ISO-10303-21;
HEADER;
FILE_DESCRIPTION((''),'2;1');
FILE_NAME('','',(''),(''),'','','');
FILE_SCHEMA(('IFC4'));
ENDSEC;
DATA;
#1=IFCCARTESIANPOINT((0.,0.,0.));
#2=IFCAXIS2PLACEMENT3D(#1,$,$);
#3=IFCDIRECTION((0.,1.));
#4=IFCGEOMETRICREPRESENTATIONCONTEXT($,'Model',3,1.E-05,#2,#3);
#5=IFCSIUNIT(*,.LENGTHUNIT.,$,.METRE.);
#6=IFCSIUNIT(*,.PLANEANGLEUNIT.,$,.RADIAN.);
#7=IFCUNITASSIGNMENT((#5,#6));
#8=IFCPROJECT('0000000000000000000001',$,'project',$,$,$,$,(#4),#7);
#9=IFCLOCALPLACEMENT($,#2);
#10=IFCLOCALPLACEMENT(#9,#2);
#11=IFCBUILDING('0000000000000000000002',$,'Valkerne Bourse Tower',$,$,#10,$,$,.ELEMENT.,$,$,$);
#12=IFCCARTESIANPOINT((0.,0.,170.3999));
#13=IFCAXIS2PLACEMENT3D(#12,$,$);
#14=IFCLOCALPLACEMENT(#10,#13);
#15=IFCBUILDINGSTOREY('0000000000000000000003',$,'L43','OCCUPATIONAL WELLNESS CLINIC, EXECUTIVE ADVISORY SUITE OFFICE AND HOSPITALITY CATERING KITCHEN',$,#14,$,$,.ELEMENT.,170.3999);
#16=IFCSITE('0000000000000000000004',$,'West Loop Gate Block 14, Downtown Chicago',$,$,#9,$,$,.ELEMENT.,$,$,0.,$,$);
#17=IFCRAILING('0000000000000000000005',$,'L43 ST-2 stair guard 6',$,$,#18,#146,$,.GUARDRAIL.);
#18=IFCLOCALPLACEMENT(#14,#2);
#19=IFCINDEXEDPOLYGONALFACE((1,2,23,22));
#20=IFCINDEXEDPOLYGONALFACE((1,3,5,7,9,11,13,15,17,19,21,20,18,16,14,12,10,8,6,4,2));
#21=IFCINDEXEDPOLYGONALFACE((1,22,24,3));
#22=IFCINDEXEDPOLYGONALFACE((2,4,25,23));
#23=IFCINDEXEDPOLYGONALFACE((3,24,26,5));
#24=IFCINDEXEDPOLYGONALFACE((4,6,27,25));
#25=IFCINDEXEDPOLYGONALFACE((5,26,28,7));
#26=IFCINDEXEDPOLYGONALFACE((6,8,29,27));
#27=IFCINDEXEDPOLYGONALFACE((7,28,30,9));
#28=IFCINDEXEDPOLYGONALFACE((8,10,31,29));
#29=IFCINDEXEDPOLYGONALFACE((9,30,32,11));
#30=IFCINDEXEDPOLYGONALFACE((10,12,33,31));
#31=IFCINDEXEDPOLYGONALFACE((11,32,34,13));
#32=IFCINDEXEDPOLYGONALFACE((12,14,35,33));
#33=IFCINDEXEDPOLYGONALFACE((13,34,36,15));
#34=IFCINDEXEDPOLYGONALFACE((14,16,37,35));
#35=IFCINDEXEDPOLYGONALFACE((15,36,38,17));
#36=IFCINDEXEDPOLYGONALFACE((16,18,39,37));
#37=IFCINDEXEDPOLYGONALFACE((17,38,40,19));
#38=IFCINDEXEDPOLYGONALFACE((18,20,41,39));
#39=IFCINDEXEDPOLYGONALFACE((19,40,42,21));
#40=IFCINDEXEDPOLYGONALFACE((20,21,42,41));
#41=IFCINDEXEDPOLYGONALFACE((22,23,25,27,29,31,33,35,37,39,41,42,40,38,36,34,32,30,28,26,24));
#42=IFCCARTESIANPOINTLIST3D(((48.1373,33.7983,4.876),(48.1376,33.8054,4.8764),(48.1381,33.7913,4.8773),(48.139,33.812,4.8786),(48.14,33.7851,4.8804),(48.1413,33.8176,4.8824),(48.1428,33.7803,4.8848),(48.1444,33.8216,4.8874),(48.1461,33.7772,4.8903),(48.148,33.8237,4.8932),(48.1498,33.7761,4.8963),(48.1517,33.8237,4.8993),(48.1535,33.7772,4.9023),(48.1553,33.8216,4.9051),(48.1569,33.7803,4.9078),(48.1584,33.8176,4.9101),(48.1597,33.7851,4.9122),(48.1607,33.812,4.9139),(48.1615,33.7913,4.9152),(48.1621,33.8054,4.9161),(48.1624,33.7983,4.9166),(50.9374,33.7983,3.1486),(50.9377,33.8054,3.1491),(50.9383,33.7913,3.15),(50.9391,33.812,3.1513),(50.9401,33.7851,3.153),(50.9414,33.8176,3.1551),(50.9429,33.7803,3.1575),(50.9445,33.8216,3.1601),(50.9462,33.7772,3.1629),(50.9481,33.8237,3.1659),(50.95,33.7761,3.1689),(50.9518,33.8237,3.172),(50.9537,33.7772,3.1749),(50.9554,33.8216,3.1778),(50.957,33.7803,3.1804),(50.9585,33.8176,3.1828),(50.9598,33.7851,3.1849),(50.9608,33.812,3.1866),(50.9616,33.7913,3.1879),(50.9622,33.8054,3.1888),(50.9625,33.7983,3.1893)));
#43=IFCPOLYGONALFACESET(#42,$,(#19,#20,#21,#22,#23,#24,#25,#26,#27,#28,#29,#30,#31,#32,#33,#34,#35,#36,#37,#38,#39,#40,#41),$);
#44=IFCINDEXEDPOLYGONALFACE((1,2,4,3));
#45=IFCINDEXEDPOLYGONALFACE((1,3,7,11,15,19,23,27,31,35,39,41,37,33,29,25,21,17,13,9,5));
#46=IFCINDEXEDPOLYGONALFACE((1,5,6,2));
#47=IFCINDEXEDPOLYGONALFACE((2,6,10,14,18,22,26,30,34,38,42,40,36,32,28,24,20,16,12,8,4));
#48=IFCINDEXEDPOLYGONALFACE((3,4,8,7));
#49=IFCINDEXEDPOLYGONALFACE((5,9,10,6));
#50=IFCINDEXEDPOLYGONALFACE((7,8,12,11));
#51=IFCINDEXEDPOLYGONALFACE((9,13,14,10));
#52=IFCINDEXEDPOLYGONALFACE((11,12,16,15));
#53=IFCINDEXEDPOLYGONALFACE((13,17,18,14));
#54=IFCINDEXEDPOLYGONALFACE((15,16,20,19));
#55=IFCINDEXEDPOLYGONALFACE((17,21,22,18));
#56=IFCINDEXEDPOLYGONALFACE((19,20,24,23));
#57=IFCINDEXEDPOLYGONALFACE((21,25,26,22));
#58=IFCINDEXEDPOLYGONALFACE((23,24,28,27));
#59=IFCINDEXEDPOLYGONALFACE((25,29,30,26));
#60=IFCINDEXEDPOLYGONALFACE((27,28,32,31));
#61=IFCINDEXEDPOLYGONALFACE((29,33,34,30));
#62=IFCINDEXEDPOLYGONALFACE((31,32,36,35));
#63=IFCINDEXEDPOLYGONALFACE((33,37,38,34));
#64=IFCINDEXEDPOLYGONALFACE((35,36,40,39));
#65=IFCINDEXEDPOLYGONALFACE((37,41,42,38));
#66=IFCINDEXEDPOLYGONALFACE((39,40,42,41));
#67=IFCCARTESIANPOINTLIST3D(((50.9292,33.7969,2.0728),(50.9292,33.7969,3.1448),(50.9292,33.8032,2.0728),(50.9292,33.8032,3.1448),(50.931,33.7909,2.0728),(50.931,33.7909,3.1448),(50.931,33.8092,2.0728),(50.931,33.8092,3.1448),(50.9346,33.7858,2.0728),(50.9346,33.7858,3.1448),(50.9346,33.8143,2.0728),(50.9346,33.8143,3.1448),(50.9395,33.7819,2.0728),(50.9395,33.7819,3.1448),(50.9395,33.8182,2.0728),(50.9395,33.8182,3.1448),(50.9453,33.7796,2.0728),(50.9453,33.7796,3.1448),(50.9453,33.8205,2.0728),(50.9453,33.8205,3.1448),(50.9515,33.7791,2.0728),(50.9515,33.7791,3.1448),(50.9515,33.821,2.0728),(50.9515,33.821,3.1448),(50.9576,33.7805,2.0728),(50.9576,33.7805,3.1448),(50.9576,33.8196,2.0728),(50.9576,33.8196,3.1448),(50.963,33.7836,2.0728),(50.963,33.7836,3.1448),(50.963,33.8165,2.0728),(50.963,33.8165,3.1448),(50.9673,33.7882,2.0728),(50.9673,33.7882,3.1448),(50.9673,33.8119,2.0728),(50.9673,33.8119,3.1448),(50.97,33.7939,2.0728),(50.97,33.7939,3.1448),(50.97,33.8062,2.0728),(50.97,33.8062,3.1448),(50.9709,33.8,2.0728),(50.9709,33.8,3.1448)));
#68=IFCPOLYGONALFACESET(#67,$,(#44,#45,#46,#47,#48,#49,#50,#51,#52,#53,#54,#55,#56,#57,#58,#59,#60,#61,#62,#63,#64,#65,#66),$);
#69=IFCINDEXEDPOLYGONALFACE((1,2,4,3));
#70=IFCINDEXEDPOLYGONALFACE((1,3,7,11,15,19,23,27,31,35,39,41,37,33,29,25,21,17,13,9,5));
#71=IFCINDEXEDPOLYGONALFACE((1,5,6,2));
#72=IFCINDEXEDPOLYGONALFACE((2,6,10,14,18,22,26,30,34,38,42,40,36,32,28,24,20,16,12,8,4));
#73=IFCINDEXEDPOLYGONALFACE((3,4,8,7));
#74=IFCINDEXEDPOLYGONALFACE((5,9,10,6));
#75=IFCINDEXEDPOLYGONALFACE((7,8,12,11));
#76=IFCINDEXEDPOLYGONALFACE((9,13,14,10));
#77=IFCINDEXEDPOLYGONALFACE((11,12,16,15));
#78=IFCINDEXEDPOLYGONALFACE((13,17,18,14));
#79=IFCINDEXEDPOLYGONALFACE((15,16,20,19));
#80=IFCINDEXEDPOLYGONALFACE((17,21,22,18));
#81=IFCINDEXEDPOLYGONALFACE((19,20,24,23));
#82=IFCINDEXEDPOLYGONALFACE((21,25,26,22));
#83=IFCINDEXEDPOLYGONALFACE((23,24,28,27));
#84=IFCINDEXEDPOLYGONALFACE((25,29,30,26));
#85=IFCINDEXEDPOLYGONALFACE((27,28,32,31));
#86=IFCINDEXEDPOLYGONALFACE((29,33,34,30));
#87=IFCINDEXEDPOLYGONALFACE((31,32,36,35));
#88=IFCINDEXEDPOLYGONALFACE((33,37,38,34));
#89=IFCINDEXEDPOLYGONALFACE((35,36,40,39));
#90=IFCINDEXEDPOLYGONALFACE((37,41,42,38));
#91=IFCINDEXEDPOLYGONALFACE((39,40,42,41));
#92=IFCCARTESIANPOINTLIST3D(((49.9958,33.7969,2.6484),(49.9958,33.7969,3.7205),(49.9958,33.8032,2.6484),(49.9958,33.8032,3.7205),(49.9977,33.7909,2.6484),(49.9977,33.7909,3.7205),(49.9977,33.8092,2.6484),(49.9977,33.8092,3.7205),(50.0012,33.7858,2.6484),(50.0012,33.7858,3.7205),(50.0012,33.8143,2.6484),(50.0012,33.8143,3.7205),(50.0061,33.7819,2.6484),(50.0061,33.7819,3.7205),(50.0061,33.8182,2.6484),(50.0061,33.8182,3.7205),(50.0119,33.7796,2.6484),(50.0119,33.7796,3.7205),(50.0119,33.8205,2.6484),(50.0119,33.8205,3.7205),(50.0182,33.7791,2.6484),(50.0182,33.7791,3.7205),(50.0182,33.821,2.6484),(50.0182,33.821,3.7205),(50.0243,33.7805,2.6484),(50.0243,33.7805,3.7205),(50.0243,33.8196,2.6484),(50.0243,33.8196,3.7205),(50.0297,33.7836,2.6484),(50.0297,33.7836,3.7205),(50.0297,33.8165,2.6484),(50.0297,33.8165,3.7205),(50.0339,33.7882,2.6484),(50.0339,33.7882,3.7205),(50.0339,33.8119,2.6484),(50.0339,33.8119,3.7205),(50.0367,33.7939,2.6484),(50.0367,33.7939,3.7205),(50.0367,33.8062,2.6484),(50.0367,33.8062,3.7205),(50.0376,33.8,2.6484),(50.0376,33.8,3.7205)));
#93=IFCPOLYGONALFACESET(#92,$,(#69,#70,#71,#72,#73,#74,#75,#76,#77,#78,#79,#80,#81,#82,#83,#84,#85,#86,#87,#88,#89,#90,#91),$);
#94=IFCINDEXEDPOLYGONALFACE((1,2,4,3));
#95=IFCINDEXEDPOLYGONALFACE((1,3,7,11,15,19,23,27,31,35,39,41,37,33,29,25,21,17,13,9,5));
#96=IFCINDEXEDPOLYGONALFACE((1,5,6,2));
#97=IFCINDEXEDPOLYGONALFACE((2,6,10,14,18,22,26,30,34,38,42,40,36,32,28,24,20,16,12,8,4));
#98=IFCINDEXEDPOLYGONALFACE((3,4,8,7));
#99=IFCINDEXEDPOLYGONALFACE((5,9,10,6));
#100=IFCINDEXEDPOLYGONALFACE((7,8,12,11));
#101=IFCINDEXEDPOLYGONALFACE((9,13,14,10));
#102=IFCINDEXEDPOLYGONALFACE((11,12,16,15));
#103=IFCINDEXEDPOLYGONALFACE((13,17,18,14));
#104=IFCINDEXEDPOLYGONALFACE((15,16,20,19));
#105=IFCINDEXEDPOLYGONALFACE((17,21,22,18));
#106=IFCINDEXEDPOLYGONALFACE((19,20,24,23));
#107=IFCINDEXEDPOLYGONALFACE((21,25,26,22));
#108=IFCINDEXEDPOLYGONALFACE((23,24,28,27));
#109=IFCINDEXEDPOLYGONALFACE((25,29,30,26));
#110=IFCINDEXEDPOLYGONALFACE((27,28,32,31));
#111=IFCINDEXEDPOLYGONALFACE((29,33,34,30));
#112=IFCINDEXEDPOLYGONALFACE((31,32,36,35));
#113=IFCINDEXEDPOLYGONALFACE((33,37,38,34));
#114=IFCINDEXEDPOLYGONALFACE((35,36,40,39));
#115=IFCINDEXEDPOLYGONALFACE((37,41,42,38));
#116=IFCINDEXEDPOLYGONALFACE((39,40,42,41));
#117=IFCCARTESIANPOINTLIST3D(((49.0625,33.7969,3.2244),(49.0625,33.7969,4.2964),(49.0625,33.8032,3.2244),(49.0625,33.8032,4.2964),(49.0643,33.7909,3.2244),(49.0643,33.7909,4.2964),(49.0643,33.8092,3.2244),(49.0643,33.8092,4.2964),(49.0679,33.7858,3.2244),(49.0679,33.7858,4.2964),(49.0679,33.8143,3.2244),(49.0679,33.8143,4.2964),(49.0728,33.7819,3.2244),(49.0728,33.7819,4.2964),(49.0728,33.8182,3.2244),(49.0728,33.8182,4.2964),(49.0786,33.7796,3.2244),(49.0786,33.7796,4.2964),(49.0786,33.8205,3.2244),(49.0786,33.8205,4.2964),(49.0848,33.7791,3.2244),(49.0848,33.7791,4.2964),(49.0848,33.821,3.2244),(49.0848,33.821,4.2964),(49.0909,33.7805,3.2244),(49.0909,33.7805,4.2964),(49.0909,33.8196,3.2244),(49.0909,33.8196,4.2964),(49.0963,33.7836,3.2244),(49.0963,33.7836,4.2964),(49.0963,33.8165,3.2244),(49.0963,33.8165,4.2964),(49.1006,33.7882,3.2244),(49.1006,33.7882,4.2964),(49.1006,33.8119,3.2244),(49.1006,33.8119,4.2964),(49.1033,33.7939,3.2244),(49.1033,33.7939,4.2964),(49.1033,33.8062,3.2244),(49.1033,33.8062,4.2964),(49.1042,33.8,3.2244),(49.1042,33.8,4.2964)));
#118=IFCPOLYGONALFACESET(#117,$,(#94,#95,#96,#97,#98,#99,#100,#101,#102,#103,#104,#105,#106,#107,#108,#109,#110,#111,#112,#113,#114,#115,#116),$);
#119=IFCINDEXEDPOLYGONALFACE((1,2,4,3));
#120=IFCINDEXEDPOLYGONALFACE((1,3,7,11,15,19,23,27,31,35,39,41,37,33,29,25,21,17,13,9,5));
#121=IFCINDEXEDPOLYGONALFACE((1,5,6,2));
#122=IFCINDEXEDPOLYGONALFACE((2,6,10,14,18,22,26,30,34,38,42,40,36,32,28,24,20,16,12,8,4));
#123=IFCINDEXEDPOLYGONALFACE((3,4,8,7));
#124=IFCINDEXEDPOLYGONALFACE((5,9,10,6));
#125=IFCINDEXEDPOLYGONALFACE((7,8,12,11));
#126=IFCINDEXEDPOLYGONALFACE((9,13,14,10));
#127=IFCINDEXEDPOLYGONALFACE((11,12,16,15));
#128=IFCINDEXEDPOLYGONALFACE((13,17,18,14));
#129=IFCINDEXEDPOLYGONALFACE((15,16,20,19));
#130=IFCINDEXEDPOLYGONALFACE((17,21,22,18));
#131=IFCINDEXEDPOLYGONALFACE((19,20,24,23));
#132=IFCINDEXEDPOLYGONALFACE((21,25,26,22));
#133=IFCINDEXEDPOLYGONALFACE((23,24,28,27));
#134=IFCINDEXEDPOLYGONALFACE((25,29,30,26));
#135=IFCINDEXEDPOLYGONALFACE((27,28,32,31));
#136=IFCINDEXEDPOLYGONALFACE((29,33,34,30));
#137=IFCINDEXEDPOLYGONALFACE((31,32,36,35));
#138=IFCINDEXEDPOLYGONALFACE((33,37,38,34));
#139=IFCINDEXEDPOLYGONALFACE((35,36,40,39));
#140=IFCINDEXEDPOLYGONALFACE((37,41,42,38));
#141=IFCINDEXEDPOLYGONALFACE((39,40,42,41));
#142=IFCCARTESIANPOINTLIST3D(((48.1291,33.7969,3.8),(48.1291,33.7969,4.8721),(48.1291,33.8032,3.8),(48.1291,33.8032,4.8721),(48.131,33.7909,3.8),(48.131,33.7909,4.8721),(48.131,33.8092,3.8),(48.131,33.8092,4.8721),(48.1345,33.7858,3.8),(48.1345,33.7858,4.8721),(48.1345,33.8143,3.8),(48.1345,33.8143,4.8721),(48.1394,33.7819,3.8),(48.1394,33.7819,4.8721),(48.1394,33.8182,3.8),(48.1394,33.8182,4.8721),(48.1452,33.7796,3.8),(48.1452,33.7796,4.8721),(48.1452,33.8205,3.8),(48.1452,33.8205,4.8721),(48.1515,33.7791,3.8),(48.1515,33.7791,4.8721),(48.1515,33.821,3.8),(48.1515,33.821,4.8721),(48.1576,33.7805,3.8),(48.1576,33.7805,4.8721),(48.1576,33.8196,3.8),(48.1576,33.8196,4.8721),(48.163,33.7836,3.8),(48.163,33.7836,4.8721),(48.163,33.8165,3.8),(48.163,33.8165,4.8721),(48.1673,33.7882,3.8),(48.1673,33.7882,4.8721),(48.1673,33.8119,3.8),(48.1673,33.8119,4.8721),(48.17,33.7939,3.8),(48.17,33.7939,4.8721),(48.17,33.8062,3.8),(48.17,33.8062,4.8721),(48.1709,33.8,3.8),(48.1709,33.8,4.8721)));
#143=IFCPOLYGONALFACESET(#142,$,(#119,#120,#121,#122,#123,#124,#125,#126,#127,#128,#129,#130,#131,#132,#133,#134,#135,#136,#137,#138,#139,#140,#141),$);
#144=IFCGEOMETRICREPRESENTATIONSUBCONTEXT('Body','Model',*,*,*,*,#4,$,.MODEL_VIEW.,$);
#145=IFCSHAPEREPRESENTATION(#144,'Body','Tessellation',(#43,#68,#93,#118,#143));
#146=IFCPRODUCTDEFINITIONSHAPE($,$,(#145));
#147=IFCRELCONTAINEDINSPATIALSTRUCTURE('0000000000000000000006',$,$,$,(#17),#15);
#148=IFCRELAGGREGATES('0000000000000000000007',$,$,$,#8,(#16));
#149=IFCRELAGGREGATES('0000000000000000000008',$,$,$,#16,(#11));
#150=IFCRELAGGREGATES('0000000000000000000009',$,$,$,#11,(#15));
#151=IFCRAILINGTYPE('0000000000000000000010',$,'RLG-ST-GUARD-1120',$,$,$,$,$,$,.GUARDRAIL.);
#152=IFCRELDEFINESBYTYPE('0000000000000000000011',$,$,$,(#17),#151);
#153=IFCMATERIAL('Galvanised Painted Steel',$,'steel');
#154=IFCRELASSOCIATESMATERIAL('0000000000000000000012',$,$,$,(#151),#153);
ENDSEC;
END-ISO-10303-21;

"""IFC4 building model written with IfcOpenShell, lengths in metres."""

from ifc_helpers import new_model, si_unit, direction, frame, origin, origin_2d, place, context, subcontext, project, spatial, circle, extrude, material, type_object, element, save


model = new_model("IFC4")

# Units and contexts
model_context = context("Model", 3, precision=1e-05, world=origin(), true_north=direction((0.0, 1.0)))
body_context = subcontext(model_context, "Body", "Model", "MODEL_VIEW")
ifc_project = project(units=[si_unit("LENGTHUNIT", "METRE"), si_unit("PLANEANGLEUNIT", "RADIAN")], contexts=[model_context])

# Site, building, storey
site_placement = place(None, origin())
site = spatial("IfcSite", under=ifc_project, at=site_placement, Name="West Loop Gate Block 14, Downtown Chicago", CompositionType="ELEMENT", RefElevation=0.0)
building_placement = place(site_placement, origin())
building = spatial("IfcBuilding", under=site, at=building_placement, Name="Valkerne Bourse Tower", CompositionType="ELEMENT")
storey_placement = place(building_placement, frame((0.0, 0.0, 170.3999)))
storey = spatial("IfcBuildingStorey", under=building, at=storey_placement, Name="L43", Description="OCCUPATIONAL WELLNESS CLINIC, EXECUTIVE ADVISORY SUITE OFFICE AND HOSPITALITY CATERING KITCHEN", CompositionType="ELEMENT", Elevation=170.3999)

# Shared definitions
ifc_material_1 = material(Name="Galvanised Painted Steel", Category="steel")

# Railing
railing_type_1 = type_object("IfcRailingType", Name="RLG-ST-GUARD-1120", PredefinedType="GUARDRAIL", material=ifc_material_1)
railing_1_placement = place(storey_placement, frame((50.95, 33.8, 2.0728)))
element("IfcRailing", 1, at=railing_1_placement, inside=storey, type_object=railing_type_1, Name="L43 ST-2 stair guard 6", PredefinedType="GUARDRAIL", context=body_context, shape_type="SweptSolid", body=[
    extrude(circle(Radius=0.0239, at=origin_2d()), frame((0.0, 0.0, 1.0962), z_axis=(-0.85109, 0.0, 0.52502), x_axis=(0.0, -1.0, 0.0)), (0.0, 0.0, 1.0), 3.29),
    extrude(circle(Radius=0.021, at=origin_2d()), origin(), (0.0, 0.0, 1.0), 1.072),
    extrude(circle(Radius=0.021, at=origin_2d()), frame((-0.9333, 0.0, 0.5757)), (0.0, 0.0, 1.0), 1.072),
    extrude(circle(Radius=0.021, at=origin_2d()), frame((-1.8667, 0.0, 1.1516)), (0.0, 0.0, 1.0), 1.072),
    extrude(circle(Radius=0.021, at=origin_2d()), frame((-2.8, 0.0, 1.7273)), (0.0, 0.0, 1.0), 1.072),
])

save(model, "model.ifc")
